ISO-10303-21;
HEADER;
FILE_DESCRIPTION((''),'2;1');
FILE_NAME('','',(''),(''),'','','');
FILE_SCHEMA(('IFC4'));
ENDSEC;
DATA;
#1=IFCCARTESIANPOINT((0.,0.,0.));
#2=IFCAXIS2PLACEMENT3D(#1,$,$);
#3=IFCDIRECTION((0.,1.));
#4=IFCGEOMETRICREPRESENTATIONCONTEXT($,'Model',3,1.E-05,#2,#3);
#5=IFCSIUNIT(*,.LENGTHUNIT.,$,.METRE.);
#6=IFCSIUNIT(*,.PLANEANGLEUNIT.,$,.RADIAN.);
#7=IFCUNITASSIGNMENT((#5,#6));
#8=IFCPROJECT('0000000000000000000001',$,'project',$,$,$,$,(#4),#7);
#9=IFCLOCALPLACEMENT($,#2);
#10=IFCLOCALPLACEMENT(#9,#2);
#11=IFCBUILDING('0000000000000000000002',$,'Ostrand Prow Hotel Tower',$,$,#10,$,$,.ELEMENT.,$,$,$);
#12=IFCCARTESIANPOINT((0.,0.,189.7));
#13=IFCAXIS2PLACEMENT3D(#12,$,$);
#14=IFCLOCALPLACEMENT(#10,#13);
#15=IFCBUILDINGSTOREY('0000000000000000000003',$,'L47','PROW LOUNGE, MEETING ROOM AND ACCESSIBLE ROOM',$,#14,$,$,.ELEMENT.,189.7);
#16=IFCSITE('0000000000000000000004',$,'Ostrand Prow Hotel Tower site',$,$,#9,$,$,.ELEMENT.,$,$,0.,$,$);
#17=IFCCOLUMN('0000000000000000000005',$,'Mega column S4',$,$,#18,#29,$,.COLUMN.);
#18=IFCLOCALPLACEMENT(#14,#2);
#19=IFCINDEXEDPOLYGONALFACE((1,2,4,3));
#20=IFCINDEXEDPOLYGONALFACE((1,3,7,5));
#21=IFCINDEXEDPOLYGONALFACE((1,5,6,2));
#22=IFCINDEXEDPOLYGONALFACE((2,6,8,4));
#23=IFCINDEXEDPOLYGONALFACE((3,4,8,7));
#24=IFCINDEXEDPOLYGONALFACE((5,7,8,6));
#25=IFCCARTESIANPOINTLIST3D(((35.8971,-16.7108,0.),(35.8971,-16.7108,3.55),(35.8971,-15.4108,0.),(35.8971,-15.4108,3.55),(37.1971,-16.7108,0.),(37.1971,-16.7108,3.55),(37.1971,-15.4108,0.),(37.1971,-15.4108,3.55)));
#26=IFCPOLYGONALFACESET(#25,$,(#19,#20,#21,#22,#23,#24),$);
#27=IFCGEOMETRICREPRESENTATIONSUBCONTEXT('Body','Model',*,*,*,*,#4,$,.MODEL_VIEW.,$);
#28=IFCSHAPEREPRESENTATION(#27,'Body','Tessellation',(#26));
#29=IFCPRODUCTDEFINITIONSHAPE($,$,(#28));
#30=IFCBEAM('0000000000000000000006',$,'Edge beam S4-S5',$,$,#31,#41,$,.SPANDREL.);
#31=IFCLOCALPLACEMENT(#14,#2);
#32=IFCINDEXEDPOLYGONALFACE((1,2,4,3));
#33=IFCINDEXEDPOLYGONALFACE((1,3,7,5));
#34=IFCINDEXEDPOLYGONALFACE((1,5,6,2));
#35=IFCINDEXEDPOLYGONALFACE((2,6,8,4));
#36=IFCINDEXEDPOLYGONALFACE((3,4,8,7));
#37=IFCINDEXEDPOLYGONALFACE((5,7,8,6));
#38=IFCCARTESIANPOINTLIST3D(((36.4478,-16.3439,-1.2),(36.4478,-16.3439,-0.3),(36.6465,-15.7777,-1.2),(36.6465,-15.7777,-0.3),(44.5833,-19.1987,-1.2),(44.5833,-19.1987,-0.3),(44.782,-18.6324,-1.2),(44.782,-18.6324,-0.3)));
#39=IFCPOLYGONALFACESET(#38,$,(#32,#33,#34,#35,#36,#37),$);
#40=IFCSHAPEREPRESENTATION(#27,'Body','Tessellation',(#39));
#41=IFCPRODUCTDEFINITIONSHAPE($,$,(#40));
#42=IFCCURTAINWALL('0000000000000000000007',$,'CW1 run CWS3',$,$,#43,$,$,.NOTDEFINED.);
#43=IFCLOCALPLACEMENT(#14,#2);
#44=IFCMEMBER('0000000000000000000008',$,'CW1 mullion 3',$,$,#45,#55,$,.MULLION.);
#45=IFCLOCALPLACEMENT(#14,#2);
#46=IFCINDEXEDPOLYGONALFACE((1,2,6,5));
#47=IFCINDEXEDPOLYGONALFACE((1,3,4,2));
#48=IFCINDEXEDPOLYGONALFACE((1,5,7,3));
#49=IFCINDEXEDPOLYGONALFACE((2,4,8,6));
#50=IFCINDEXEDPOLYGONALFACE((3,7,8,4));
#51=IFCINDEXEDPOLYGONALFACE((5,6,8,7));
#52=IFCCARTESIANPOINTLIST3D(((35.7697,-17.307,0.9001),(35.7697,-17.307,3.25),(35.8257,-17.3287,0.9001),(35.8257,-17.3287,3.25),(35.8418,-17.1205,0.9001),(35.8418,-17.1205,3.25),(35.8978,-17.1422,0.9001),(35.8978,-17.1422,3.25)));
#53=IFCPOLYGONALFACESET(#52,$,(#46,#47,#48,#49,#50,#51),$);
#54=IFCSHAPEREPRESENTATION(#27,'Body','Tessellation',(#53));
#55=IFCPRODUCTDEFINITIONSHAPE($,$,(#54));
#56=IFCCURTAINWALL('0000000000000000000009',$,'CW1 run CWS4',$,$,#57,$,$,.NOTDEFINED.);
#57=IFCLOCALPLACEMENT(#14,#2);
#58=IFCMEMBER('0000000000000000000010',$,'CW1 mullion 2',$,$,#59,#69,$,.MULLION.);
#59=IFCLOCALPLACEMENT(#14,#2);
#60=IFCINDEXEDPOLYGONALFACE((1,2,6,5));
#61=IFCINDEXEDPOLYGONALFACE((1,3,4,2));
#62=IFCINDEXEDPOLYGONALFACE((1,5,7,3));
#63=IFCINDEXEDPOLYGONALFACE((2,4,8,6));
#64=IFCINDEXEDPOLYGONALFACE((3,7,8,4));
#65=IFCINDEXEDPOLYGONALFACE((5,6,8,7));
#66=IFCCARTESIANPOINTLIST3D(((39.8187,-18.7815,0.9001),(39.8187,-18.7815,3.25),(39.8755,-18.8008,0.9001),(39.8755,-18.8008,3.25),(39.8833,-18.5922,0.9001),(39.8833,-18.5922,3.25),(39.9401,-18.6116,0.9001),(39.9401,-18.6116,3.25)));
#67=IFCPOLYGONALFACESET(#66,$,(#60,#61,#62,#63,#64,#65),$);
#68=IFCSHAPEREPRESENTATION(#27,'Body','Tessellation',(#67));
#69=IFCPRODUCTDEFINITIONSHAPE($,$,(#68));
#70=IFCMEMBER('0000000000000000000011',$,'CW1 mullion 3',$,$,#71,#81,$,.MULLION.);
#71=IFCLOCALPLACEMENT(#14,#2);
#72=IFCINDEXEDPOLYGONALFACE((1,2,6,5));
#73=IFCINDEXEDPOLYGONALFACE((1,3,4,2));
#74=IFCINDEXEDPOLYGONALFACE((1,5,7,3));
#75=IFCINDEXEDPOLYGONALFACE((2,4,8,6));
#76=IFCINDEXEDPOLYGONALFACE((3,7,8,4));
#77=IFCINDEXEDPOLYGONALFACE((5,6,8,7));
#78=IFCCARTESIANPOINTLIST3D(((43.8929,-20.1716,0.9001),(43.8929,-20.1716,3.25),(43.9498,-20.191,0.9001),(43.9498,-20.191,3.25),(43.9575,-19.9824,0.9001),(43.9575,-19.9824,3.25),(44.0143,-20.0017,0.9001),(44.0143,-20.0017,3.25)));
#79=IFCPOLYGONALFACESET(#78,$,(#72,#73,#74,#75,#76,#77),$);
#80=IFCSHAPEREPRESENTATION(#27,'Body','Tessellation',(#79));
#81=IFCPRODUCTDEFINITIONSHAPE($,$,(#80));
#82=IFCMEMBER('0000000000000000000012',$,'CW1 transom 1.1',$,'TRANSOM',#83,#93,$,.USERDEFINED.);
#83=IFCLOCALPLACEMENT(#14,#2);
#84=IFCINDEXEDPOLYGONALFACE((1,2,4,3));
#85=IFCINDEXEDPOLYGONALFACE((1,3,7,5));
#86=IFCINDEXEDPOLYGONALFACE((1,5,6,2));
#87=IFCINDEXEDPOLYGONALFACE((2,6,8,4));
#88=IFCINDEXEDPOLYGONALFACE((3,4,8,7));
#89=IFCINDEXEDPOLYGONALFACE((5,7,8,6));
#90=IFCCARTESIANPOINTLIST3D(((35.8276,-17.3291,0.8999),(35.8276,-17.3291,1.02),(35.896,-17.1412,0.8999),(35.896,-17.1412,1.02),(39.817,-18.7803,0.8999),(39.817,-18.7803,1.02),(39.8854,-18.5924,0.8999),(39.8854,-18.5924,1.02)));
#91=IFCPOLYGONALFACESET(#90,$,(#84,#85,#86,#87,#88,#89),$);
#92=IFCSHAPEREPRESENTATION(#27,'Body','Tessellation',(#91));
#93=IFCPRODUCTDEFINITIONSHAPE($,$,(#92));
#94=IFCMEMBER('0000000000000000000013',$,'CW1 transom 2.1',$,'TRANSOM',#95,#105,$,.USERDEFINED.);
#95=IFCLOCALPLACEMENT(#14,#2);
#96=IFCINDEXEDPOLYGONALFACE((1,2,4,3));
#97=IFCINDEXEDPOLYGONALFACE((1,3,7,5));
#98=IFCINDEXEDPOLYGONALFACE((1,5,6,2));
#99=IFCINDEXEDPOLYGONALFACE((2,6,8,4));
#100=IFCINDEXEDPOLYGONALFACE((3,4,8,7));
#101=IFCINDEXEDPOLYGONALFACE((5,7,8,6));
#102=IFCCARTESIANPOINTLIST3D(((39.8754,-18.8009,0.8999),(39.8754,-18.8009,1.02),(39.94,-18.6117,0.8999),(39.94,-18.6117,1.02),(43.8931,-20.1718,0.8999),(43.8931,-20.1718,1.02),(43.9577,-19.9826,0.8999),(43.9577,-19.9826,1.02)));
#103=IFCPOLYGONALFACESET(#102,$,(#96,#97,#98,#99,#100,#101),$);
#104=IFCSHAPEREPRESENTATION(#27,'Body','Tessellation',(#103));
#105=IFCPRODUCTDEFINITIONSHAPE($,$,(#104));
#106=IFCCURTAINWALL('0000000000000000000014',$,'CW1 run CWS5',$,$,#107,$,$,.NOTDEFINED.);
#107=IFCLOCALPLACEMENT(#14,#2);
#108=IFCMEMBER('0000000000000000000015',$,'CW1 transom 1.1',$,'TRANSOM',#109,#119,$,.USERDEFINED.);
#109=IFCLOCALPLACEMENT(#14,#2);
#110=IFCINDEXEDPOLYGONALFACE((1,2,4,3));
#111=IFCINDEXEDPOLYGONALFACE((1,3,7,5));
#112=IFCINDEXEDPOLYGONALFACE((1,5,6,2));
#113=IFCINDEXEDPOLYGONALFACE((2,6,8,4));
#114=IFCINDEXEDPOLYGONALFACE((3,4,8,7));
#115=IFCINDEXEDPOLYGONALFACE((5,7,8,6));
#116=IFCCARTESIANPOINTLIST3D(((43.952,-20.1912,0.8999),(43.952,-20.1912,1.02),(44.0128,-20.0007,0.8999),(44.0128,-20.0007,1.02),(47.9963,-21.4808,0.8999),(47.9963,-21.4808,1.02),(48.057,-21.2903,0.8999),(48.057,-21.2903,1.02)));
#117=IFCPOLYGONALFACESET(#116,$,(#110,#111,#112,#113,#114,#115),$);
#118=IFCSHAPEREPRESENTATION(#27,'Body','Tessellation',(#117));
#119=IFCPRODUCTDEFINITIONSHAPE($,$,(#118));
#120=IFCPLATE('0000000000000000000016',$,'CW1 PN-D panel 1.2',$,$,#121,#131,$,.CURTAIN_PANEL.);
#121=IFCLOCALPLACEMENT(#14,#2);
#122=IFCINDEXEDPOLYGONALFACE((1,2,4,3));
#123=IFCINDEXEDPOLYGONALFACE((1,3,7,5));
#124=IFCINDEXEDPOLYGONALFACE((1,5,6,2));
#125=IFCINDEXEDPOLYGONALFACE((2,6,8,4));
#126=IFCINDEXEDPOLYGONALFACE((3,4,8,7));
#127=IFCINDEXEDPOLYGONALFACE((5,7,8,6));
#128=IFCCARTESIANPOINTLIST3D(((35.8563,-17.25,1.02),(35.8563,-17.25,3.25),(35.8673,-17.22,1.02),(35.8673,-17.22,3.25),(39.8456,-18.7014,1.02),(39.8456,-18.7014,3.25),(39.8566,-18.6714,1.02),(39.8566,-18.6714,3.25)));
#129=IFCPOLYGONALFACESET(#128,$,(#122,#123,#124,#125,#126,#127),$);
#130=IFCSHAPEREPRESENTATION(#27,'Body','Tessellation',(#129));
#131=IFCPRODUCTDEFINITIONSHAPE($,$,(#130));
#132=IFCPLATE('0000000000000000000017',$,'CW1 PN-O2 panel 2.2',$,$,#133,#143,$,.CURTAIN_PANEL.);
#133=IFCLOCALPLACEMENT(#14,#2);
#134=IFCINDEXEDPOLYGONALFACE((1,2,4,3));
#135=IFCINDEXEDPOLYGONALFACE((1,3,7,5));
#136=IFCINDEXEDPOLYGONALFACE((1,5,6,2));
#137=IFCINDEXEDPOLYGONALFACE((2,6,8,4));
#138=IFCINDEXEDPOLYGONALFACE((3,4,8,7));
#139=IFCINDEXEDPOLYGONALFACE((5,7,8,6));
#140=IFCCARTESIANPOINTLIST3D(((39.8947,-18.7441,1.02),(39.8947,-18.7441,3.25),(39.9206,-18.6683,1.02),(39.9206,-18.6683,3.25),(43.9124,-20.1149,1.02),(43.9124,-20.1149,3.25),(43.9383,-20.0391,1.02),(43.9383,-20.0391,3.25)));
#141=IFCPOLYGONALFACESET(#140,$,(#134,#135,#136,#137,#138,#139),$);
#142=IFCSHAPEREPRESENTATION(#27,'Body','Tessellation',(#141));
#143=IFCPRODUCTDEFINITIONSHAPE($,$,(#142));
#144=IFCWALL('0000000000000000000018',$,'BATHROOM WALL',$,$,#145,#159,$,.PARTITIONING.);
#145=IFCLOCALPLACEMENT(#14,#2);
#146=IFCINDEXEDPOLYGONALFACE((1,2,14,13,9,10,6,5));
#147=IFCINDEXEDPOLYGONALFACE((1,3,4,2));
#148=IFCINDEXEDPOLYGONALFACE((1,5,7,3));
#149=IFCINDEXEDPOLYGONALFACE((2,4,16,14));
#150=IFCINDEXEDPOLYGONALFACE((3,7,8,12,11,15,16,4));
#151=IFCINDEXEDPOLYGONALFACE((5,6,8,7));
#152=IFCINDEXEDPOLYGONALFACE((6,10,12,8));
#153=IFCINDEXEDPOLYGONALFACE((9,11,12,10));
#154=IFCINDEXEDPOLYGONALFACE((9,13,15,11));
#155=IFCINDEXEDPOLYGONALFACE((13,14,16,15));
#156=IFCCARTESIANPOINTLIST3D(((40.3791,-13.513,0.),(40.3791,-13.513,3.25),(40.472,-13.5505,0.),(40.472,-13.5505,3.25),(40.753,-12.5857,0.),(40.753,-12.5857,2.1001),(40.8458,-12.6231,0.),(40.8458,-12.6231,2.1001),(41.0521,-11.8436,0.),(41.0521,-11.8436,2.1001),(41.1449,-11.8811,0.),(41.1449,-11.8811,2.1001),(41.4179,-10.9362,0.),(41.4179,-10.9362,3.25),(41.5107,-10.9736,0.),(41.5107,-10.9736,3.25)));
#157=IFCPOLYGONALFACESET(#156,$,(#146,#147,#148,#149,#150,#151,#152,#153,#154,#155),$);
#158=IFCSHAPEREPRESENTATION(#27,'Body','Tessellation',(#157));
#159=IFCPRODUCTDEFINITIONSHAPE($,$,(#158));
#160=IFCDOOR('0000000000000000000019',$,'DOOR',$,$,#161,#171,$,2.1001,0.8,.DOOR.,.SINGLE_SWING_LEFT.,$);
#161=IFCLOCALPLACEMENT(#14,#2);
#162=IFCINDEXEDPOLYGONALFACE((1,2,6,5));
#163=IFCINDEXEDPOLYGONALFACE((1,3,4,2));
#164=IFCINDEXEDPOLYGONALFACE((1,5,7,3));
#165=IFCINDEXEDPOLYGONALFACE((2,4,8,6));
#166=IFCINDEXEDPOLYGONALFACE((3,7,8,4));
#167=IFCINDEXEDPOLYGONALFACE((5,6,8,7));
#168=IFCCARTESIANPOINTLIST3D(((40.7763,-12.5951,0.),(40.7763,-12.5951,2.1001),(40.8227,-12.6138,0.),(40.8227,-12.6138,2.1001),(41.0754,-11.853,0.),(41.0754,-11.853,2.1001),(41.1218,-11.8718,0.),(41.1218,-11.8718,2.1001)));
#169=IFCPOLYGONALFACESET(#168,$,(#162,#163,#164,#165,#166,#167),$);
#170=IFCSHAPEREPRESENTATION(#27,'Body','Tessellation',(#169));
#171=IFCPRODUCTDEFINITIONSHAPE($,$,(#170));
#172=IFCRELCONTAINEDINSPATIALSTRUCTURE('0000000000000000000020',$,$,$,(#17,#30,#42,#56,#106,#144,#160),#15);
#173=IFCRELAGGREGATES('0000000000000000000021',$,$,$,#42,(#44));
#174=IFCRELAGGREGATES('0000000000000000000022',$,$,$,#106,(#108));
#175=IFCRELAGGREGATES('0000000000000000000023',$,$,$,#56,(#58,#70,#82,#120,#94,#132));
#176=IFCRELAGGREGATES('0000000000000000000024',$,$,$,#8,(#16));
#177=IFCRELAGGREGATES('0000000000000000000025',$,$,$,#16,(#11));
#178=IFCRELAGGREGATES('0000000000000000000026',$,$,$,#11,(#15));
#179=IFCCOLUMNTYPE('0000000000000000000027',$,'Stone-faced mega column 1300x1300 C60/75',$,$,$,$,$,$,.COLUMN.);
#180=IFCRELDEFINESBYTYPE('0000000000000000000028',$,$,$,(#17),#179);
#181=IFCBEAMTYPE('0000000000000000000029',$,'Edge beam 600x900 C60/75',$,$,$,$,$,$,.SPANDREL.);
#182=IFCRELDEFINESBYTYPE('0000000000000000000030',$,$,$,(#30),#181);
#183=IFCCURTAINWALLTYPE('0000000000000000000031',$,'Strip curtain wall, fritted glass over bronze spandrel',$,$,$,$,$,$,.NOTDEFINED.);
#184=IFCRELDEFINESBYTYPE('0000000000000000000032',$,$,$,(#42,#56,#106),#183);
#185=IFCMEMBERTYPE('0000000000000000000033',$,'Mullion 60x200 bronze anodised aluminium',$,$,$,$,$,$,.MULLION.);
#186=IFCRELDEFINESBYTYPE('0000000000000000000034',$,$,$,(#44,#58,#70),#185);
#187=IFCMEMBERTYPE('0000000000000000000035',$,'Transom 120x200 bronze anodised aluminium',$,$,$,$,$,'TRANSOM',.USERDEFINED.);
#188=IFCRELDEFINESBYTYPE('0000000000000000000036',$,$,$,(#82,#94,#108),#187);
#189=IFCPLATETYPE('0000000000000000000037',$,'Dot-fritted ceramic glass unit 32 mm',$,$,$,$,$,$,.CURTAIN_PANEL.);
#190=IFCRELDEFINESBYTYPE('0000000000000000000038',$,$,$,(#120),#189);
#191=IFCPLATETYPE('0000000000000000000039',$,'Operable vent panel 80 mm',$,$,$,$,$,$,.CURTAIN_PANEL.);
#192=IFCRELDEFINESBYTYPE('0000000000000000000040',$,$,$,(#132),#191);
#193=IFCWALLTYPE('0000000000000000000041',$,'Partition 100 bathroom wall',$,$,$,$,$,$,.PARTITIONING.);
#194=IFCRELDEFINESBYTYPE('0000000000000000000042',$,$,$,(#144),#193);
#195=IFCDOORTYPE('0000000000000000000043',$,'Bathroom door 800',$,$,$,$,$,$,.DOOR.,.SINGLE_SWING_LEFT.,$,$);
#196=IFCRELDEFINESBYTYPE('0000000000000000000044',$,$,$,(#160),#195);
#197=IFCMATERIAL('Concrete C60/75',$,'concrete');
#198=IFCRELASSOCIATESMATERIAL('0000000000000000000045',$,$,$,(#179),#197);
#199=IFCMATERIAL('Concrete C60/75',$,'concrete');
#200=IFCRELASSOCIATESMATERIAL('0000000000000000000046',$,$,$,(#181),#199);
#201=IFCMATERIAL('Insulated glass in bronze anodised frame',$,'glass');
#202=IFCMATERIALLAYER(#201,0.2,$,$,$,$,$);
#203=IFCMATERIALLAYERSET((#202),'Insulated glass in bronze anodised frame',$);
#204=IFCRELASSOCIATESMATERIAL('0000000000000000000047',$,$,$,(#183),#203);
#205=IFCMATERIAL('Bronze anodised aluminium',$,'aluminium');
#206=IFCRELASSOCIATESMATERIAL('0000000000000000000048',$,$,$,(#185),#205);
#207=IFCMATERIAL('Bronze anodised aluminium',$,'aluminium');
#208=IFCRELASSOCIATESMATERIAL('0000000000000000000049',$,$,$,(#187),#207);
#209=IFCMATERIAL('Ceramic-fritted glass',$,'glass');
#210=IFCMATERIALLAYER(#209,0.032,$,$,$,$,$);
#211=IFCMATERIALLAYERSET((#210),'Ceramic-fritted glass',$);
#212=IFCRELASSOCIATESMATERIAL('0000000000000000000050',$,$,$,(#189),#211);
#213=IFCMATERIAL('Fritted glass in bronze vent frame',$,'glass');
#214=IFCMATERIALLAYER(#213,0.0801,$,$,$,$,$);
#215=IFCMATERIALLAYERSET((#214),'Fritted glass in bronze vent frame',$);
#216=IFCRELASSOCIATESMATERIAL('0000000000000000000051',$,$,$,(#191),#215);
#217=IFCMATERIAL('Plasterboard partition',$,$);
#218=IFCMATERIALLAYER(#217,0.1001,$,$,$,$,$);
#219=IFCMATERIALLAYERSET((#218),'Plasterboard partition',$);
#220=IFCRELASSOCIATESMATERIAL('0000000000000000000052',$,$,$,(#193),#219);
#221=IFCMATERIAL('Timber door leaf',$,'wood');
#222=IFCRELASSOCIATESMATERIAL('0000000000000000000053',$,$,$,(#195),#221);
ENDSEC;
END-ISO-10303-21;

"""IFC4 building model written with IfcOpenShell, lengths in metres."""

from ifc_helpers import new_model, si_unit, direction, frame, frame_2d, origin, origin_2d, place, context, subcontext, project, spatial, rectangle, extrude, material, layer, layer_set, material_profile, profile_set, type_object, element, fill, aggregate, save


model = new_model("IFC4")

# Units and contexts
model_context = context("Model", 3, precision=1e-05, world=origin(), true_north=direction((0.0, 1.0)))
body_context = subcontext(model_context, "Body", "Model", "MODEL_VIEW")
ifc_project = project(units=[si_unit("LENGTHUNIT", "METRE"), si_unit("PLANEANGLEUNIT", "RADIAN")], contexts=[model_context])

# Site, building, storey
site_placement = place(None, origin())
site = spatial("IfcSite", under=ifc_project, at=site_placement, Name="Ostrand Prow Hotel Tower site", CompositionType="ELEMENT", RefElevation=0.0)
building_placement = place(site_placement, origin())
building = spatial("IfcBuilding", under=site, at=building_placement, Name="Ostrand Prow Hotel Tower", CompositionType="ELEMENT")
storey_placement = place(building_placement, frame((0.0, 0.0, 189.7)))
storey = spatial("IfcBuildingStorey", under=building, at=storey_placement, Name="L47", Description="PROW LOUNGE, MEETING ROOM AND ACCESSIBLE ROOM", CompositionType="ELEMENT", Elevation=189.7)

# Column
ifc_material_1 = material(Name="Concrete C60/75", Category="concrete")
ifc_material_profile_1 = material_profile(ifc_material_1, rectangle(XDim=1.3, YDim=1.3, at=origin_2d()), Name="RC 1300x1300")
ifc_profile_set_1 = profile_set([ifc_material_profile_1], Name="Concrete C60/75")
column_type = type_object("IfcColumnType", Name="Stone-faced mega column 1300x1300 C60/75", PredefinedType="COLUMN", material=ifc_profile_set_1)
column_placement = place(storey_placement, frame((36.5471, -16.0608, 0.0), z_axis=(0.0, 0.0, 1.0), x_axis=(1.0, 0.0, 0.0)))
element("IfcColumn", 1, at=column_placement, inside=storey, type_object=column_type, Name="Mega column S4", PredefinedType="COLUMN", context=body_context, shape_type="SweptSolid", body=[
    extrude(rectangle(XDim=1.3, YDim=1.3, at=origin_2d()), origin(), (0.0, 0.0, 1.0), 3.55),
])

# Beam
ifc_material_2 = material(Name="Concrete C60/75", Category="concrete")
ifc_material_profile_2 = material_profile(ifc_material_2, rectangle(XDim=0.6001, YDim=0.8999, at=origin_2d()), Name="RC 600x900")
ifc_profile_set_2 = profile_set([ifc_material_profile_2], Name="Concrete C60/75")
beam_type = type_object("IfcBeamType", Name="Edge beam 600x900 C60/75", PredefinedType="SPANDREL", material=ifc_profile_set_2)
beam_placement = place(storey_placement, frame((36.5471, -16.0608, -0.75), z_axis=(0.943594, -0.331106, 0.0), x_axis=(0.331106, 0.943594, 0.0)))
element("IfcBeam", 2, at=beam_placement, inside=storey, type_object=beam_type, Name="Edge beam S4-S5", PredefinedType="SPANDREL", context=body_context, shape_type="SweptSolid", body=[
    extrude(rectangle(XDim=0.6001, YDim=0.8999, at=origin_2d()), origin(), (0.0, 0.0, 1.0), 8.6218),
])

# Curtain wall, member
ifc_material_3 = material(Name="Insulated glass in bronze anodised frame", Category="glass")
ifc_layer_1 = layer(ifc_material_3, 0.2)
ifc_layer_set_1 = layer_set([ifc_layer_1], Name="Insulated glass in bronze anodised frame")
curtain_wall_type = type_object("IfcCurtainWallType", Name="Strip curtain wall, fritted glass over bronze spandrel", PredefinedType="NOTDEFINED", material=ifc_layer_set_1)
curtain_wall_1_placement = place(storey_placement, origin())
curtain_wall_1 = element("IfcCurtainWall", 3, at=curtain_wall_1_placement, inside=storey, type_object=curtain_wall_type, Name="CW1 run CWS3", PredefinedType="NOTDEFINED")
ifc_material_4 = material(Name="Bronze anodised aluminium", Category="aluminium")
ifc_material_profile_3 = material_profile(ifc_material_4, rectangle(XDim=0.2, YDim=0.0601, at=origin_2d()), Name="Mullion 60x200 bronze anodised aluminium")
ifc_profile_set_3 = profile_set([ifc_material_profile_3], Name="Bronze anodised aluminium")
member_type_1 = type_object("IfcMemberType", Name="Mullion 60x200 bronze anodised aluminium", PredefinedType="MULLION", material=ifc_profile_set_3)
member_1_placement = place(storey_placement, frame((35.8337, -17.2246, 0.9001), z_axis=(0.0, 0.0, 1.0), x_axis=(0.360749, 0.932663, 0.0)))
member_1 = element("IfcMember", 4, at=member_1_placement, type_object=member_type_1, Name="CW1 mullion 3", PredefinedType="MULLION", context=body_context, shape_type="SweptSolid", body=[
    extrude(rectangle(XDim=0.2, YDim=0.0601, at=origin_2d()), origin(), (0.0, 0.0, 1.0), 2.3499),
])
aggregate(curtain_wall_1, [member_1])

# Curtain wall, members
curtain_wall_2_placement = place(storey_placement, origin())
curtain_wall_2 = element("IfcCurtainWall", 5, at=curtain_wall_2_placement, inside=storey, type_object=curtain_wall_type, Name="CW1 run CWS4", PredefinedType="NOTDEFINED")
member_2_placement = place(storey_placement, frame((39.8794, -18.6965, 0.9001), z_axis=(0.0, 0.0, 1.0), x_axis=(0.322908, 0.94643, 0.0)))
member_2 = element("IfcMember", 6, at=member_2_placement, type_object=member_type_1, Name="CW1 mullion 2", PredefinedType="MULLION", context=body_context, shape_type="SweptSolid", body=[
    extrude(rectangle(XDim=0.2, YDim=0.0601, at=origin_2d()), origin(), (0.0, 0.0, 1.0), 2.3499),
])
member_3_placement = place(storey_placement, frame((43.9536, -20.0867, 0.9001), z_axis=(0.0, 0.0, 1.0), x_axis=(0.322908, 0.94643, 0.0)))
member_3 = element("IfcMember", 7, at=member_3_placement, type_object=member_type_1, Name="CW1 mullion 3", PredefinedType="MULLION", context=body_context, shape_type="SweptSolid", body=[
    extrude(rectangle(XDim=0.2, YDim=0.0601, at=origin_2d()), origin(), (0.0, 0.0, 1.0), 2.3499),
])
ifc_material_5 = material(Name="Bronze anodised aluminium", Category="aluminium")
ifc_material_profile_4 = material_profile(ifc_material_5, rectangle(XDim=0.2, YDim=0.1201, at=origin_2d()), Name="Transom 120x200 bronze anodised aluminium")
ifc_profile_set_4 = profile_set([ifc_material_profile_4], Name="Bronze anodised aluminium")
member_type_2 = type_object("IfcMemberType", Name="Transom 120x200 bronze anodised aluminium", ElementType="TRANSOM", PredefinedType="USERDEFINED", material=ifc_profile_set_4)
member_4_placement = place(storey_placement, frame((35.8618, -17.2351, 0.96), z_axis=(0.939753, -0.341854, 0.0), x_axis=(0.341854, 0.939753, 0.0)))
member_4 = element("IfcMember", 8, at=member_4_placement, type_object=member_type_2, Name="CW1 transom 1.1", ObjectType="TRANSOM", PredefinedType="USERDEFINED", context=body_context, shape_type="SweptSolid", body=[
    extrude(rectangle(XDim=0.2, YDim=0.1201, at=origin_2d()), origin(), (0.0, 0.0, 1.0), 4.2451),
])
member_5_placement = place(storey_placement, frame((39.9077, -18.7063, 0.96), z_axis=(0.946422, -0.322932, 0.0), x_axis=(0.322932, 0.946422, 0.0)))
member_5 = element("IfcMember", 9, at=member_5_placement, type_object=member_type_2, Name="CW1 transom 2.1", ObjectType="TRANSOM", PredefinedType="USERDEFINED", context=body_context, shape_type="SweptSolid", body=[
    extrude(rectangle(XDim=0.2, YDim=0.1201, at=origin_2d()), origin(), (0.0, 0.0, 1.0), 4.2451),
])

# Curtain wall, member
curtain_wall_3_placement = place(storey_placement, origin())
curtain_wall_3 = element("IfcCurtainWall", 10, at=curtain_wall_3_placement, inside=storey, type_object=curtain_wall_type, Name="CW1 run CWS5", PredefinedType="NOTDEFINED")
member_6_placement = place(storey_placement, frame((43.9824, -20.0959, 0.96), z_axis=(0.952738, -0.303795, 0.0), x_axis=(0.303795, 0.952738, 0.0)))
member_6 = element("IfcMember", 11, at=member_6_placement, type_object=member_type_2, Name="CW1 transom 1.1", ObjectType="TRANSOM", PredefinedType="USERDEFINED", context=body_context, shape_type="SweptSolid", body=[
    extrude(rectangle(XDim=0.2, YDim=0.1201, at=origin_2d()), origin(), (0.0, 0.0, 1.0), 4.2449),
])
aggregate(curtain_wall_3, [member_6])

# Plates
ifc_material_6 = material(Name="Ceramic-fritted glass", Category="glass")
ifc_layer_2 = layer(ifc_material_6, 0.032)
ifc_layer_set_2 = layer_set([ifc_layer_2], Name="Ceramic-fritted glass")
plate_type_1 = type_object("IfcPlateType", Name="Dot-fritted ceramic glass unit 32 mm", PredefinedType="CURTAIN_PANEL", material=ifc_layer_set_2)
plate_1_placement = place(storey_placement, frame((37.8564, -17.9607, 1.02), z_axis=(0.0, 0.0, 1.0), x_axis=(0.939737, -0.341897, 0.0)))
plate_1 = element("IfcPlate", 12, at=plate_1_placement, type_object=plate_type_1, Name="CW1 PN-D panel 1.2", PredefinedType="CURTAIN_PANEL", context=body_context, shape_type="SweptSolid", body=[
    extrude(rectangle(XDim=4.2451, YDim=0.032, at=origin_2d()), origin(), (0.0, 0.0, 1.0), 2.23),
])
ifc_material_7 = material(Name="Fritted glass in bronze vent frame", Category="glass")
ifc_layer_3 = layer(ifc_material_7, 0.0801)
ifc_layer_set_3 = layer_set([ifc_layer_3], Name="Fritted glass in bronze vent frame")
plate_type_2 = type_object("IfcPlateType", Name="Operable vent panel 80 mm", PredefinedType="CURTAIN_PANEL", material=ifc_layer_set_3)
plate_2_placement = place(storey_placement, frame((41.9165, -19.3916, 1.02), z_axis=(0.0, 0.0, 1.0), x_axis=(0.94643, -0.322908, 0.0)))
plate_2 = element("IfcPlate", 13, at=plate_2_placement, type_object=plate_type_2, Name="CW1 PN-O2 panel 2.2", PredefinedType="CURTAIN_PANEL", context=body_context, shape_type="SweptSolid", body=[
    extrude(rectangle(XDim=4.2451, YDim=0.0801, at=origin_2d()), origin(), (0.0, 0.0, 1.0), 2.23),
])
aggregate(curtain_wall_2, [member_2, member_3, member_4, plate_1, member_5, plate_2])

# Wall, opening, door
ifc_material_8 = material(Name="Plasterboard partition")
ifc_layer_4 = layer(ifc_material_8, 0.1001)
ifc_layer_set_4 = layer_set([ifc_layer_4], Name="Plasterboard partition")
wall_type_1 = type_object("IfcWallType", Name="Partition 100 bathroom wall", PredefinedType="PARTITIONING", material=ifc_layer_set_4)
wall_1_placement = place(storey_placement, frame((40.4255, -13.5317, 0.0), z_axis=(0.0, 0.0, 1.0), x_axis=(0.373889, 0.927473, 0.0)))
wall_1 = element("IfcWall", 14, at=wall_1_placement, inside=storey, type_object=wall_type_1, Name="BATHROOM WALL", PredefinedType="PARTITIONING", context=body_context, shape_type="SweptSolid", body=[
    extrude(rectangle(XDim=2.7783, YDim=0.1001, at=frame_2d((1.3892, 0.0))), origin(), (0.0, 0.0, 1.0), 3.25),
])
opening_placement = place(wall_1_placement, frame((1.0, 0.0, 0.0)))
opening = element("IfcOpeningElement", 15, at=opening_placement, cuts=wall_1, PredefinedType="OPENING", context=body_context, shape_type="SweptSolid", body=[
    extrude(rectangle(XDim=0.8, YDim=2.1001, at=frame_2d((0.3999, 1.05))), frame((0.0, 0.0601, 0.0), z_axis=(0.0, -1.0, 0.0), x_axis=(1.0, 0.0, 0.0)), (0.0, 0.0, 1.0), 0.1201),
])
ifc_material_9 = material(Name="Timber door leaf", Category="wood")
door_type = type_object("IfcDoorType", Name="Bathroom door 800", OperationType="SINGLE_SWING_LEFT", PredefinedType="DOOR", material=ifc_material_9)
door_placement = place(opening_placement, origin())
door = element("IfcDoor", 16, at=door_placement, inside=storey, type_object=door_type, Name="DOOR", OperationType="SINGLE_SWING_LEFT", OverallHeight=2.1001, OverallWidth=0.8, PredefinedType="DOOR", context=body_context, shape_type="SweptSolid", body=[
    extrude(rectangle(XDim=0.8, YDim=2.1001, at=frame_2d((0.3999, 1.05))), frame((0.0, 0.0249, 0.0), z_axis=(0.0, -1.0, 0.0), x_axis=(1.0, 0.0, 0.0)), (0.0, 0.0, 1.0), 0.05),
])
fill(opening, door)

save(model, "model.ifc")
